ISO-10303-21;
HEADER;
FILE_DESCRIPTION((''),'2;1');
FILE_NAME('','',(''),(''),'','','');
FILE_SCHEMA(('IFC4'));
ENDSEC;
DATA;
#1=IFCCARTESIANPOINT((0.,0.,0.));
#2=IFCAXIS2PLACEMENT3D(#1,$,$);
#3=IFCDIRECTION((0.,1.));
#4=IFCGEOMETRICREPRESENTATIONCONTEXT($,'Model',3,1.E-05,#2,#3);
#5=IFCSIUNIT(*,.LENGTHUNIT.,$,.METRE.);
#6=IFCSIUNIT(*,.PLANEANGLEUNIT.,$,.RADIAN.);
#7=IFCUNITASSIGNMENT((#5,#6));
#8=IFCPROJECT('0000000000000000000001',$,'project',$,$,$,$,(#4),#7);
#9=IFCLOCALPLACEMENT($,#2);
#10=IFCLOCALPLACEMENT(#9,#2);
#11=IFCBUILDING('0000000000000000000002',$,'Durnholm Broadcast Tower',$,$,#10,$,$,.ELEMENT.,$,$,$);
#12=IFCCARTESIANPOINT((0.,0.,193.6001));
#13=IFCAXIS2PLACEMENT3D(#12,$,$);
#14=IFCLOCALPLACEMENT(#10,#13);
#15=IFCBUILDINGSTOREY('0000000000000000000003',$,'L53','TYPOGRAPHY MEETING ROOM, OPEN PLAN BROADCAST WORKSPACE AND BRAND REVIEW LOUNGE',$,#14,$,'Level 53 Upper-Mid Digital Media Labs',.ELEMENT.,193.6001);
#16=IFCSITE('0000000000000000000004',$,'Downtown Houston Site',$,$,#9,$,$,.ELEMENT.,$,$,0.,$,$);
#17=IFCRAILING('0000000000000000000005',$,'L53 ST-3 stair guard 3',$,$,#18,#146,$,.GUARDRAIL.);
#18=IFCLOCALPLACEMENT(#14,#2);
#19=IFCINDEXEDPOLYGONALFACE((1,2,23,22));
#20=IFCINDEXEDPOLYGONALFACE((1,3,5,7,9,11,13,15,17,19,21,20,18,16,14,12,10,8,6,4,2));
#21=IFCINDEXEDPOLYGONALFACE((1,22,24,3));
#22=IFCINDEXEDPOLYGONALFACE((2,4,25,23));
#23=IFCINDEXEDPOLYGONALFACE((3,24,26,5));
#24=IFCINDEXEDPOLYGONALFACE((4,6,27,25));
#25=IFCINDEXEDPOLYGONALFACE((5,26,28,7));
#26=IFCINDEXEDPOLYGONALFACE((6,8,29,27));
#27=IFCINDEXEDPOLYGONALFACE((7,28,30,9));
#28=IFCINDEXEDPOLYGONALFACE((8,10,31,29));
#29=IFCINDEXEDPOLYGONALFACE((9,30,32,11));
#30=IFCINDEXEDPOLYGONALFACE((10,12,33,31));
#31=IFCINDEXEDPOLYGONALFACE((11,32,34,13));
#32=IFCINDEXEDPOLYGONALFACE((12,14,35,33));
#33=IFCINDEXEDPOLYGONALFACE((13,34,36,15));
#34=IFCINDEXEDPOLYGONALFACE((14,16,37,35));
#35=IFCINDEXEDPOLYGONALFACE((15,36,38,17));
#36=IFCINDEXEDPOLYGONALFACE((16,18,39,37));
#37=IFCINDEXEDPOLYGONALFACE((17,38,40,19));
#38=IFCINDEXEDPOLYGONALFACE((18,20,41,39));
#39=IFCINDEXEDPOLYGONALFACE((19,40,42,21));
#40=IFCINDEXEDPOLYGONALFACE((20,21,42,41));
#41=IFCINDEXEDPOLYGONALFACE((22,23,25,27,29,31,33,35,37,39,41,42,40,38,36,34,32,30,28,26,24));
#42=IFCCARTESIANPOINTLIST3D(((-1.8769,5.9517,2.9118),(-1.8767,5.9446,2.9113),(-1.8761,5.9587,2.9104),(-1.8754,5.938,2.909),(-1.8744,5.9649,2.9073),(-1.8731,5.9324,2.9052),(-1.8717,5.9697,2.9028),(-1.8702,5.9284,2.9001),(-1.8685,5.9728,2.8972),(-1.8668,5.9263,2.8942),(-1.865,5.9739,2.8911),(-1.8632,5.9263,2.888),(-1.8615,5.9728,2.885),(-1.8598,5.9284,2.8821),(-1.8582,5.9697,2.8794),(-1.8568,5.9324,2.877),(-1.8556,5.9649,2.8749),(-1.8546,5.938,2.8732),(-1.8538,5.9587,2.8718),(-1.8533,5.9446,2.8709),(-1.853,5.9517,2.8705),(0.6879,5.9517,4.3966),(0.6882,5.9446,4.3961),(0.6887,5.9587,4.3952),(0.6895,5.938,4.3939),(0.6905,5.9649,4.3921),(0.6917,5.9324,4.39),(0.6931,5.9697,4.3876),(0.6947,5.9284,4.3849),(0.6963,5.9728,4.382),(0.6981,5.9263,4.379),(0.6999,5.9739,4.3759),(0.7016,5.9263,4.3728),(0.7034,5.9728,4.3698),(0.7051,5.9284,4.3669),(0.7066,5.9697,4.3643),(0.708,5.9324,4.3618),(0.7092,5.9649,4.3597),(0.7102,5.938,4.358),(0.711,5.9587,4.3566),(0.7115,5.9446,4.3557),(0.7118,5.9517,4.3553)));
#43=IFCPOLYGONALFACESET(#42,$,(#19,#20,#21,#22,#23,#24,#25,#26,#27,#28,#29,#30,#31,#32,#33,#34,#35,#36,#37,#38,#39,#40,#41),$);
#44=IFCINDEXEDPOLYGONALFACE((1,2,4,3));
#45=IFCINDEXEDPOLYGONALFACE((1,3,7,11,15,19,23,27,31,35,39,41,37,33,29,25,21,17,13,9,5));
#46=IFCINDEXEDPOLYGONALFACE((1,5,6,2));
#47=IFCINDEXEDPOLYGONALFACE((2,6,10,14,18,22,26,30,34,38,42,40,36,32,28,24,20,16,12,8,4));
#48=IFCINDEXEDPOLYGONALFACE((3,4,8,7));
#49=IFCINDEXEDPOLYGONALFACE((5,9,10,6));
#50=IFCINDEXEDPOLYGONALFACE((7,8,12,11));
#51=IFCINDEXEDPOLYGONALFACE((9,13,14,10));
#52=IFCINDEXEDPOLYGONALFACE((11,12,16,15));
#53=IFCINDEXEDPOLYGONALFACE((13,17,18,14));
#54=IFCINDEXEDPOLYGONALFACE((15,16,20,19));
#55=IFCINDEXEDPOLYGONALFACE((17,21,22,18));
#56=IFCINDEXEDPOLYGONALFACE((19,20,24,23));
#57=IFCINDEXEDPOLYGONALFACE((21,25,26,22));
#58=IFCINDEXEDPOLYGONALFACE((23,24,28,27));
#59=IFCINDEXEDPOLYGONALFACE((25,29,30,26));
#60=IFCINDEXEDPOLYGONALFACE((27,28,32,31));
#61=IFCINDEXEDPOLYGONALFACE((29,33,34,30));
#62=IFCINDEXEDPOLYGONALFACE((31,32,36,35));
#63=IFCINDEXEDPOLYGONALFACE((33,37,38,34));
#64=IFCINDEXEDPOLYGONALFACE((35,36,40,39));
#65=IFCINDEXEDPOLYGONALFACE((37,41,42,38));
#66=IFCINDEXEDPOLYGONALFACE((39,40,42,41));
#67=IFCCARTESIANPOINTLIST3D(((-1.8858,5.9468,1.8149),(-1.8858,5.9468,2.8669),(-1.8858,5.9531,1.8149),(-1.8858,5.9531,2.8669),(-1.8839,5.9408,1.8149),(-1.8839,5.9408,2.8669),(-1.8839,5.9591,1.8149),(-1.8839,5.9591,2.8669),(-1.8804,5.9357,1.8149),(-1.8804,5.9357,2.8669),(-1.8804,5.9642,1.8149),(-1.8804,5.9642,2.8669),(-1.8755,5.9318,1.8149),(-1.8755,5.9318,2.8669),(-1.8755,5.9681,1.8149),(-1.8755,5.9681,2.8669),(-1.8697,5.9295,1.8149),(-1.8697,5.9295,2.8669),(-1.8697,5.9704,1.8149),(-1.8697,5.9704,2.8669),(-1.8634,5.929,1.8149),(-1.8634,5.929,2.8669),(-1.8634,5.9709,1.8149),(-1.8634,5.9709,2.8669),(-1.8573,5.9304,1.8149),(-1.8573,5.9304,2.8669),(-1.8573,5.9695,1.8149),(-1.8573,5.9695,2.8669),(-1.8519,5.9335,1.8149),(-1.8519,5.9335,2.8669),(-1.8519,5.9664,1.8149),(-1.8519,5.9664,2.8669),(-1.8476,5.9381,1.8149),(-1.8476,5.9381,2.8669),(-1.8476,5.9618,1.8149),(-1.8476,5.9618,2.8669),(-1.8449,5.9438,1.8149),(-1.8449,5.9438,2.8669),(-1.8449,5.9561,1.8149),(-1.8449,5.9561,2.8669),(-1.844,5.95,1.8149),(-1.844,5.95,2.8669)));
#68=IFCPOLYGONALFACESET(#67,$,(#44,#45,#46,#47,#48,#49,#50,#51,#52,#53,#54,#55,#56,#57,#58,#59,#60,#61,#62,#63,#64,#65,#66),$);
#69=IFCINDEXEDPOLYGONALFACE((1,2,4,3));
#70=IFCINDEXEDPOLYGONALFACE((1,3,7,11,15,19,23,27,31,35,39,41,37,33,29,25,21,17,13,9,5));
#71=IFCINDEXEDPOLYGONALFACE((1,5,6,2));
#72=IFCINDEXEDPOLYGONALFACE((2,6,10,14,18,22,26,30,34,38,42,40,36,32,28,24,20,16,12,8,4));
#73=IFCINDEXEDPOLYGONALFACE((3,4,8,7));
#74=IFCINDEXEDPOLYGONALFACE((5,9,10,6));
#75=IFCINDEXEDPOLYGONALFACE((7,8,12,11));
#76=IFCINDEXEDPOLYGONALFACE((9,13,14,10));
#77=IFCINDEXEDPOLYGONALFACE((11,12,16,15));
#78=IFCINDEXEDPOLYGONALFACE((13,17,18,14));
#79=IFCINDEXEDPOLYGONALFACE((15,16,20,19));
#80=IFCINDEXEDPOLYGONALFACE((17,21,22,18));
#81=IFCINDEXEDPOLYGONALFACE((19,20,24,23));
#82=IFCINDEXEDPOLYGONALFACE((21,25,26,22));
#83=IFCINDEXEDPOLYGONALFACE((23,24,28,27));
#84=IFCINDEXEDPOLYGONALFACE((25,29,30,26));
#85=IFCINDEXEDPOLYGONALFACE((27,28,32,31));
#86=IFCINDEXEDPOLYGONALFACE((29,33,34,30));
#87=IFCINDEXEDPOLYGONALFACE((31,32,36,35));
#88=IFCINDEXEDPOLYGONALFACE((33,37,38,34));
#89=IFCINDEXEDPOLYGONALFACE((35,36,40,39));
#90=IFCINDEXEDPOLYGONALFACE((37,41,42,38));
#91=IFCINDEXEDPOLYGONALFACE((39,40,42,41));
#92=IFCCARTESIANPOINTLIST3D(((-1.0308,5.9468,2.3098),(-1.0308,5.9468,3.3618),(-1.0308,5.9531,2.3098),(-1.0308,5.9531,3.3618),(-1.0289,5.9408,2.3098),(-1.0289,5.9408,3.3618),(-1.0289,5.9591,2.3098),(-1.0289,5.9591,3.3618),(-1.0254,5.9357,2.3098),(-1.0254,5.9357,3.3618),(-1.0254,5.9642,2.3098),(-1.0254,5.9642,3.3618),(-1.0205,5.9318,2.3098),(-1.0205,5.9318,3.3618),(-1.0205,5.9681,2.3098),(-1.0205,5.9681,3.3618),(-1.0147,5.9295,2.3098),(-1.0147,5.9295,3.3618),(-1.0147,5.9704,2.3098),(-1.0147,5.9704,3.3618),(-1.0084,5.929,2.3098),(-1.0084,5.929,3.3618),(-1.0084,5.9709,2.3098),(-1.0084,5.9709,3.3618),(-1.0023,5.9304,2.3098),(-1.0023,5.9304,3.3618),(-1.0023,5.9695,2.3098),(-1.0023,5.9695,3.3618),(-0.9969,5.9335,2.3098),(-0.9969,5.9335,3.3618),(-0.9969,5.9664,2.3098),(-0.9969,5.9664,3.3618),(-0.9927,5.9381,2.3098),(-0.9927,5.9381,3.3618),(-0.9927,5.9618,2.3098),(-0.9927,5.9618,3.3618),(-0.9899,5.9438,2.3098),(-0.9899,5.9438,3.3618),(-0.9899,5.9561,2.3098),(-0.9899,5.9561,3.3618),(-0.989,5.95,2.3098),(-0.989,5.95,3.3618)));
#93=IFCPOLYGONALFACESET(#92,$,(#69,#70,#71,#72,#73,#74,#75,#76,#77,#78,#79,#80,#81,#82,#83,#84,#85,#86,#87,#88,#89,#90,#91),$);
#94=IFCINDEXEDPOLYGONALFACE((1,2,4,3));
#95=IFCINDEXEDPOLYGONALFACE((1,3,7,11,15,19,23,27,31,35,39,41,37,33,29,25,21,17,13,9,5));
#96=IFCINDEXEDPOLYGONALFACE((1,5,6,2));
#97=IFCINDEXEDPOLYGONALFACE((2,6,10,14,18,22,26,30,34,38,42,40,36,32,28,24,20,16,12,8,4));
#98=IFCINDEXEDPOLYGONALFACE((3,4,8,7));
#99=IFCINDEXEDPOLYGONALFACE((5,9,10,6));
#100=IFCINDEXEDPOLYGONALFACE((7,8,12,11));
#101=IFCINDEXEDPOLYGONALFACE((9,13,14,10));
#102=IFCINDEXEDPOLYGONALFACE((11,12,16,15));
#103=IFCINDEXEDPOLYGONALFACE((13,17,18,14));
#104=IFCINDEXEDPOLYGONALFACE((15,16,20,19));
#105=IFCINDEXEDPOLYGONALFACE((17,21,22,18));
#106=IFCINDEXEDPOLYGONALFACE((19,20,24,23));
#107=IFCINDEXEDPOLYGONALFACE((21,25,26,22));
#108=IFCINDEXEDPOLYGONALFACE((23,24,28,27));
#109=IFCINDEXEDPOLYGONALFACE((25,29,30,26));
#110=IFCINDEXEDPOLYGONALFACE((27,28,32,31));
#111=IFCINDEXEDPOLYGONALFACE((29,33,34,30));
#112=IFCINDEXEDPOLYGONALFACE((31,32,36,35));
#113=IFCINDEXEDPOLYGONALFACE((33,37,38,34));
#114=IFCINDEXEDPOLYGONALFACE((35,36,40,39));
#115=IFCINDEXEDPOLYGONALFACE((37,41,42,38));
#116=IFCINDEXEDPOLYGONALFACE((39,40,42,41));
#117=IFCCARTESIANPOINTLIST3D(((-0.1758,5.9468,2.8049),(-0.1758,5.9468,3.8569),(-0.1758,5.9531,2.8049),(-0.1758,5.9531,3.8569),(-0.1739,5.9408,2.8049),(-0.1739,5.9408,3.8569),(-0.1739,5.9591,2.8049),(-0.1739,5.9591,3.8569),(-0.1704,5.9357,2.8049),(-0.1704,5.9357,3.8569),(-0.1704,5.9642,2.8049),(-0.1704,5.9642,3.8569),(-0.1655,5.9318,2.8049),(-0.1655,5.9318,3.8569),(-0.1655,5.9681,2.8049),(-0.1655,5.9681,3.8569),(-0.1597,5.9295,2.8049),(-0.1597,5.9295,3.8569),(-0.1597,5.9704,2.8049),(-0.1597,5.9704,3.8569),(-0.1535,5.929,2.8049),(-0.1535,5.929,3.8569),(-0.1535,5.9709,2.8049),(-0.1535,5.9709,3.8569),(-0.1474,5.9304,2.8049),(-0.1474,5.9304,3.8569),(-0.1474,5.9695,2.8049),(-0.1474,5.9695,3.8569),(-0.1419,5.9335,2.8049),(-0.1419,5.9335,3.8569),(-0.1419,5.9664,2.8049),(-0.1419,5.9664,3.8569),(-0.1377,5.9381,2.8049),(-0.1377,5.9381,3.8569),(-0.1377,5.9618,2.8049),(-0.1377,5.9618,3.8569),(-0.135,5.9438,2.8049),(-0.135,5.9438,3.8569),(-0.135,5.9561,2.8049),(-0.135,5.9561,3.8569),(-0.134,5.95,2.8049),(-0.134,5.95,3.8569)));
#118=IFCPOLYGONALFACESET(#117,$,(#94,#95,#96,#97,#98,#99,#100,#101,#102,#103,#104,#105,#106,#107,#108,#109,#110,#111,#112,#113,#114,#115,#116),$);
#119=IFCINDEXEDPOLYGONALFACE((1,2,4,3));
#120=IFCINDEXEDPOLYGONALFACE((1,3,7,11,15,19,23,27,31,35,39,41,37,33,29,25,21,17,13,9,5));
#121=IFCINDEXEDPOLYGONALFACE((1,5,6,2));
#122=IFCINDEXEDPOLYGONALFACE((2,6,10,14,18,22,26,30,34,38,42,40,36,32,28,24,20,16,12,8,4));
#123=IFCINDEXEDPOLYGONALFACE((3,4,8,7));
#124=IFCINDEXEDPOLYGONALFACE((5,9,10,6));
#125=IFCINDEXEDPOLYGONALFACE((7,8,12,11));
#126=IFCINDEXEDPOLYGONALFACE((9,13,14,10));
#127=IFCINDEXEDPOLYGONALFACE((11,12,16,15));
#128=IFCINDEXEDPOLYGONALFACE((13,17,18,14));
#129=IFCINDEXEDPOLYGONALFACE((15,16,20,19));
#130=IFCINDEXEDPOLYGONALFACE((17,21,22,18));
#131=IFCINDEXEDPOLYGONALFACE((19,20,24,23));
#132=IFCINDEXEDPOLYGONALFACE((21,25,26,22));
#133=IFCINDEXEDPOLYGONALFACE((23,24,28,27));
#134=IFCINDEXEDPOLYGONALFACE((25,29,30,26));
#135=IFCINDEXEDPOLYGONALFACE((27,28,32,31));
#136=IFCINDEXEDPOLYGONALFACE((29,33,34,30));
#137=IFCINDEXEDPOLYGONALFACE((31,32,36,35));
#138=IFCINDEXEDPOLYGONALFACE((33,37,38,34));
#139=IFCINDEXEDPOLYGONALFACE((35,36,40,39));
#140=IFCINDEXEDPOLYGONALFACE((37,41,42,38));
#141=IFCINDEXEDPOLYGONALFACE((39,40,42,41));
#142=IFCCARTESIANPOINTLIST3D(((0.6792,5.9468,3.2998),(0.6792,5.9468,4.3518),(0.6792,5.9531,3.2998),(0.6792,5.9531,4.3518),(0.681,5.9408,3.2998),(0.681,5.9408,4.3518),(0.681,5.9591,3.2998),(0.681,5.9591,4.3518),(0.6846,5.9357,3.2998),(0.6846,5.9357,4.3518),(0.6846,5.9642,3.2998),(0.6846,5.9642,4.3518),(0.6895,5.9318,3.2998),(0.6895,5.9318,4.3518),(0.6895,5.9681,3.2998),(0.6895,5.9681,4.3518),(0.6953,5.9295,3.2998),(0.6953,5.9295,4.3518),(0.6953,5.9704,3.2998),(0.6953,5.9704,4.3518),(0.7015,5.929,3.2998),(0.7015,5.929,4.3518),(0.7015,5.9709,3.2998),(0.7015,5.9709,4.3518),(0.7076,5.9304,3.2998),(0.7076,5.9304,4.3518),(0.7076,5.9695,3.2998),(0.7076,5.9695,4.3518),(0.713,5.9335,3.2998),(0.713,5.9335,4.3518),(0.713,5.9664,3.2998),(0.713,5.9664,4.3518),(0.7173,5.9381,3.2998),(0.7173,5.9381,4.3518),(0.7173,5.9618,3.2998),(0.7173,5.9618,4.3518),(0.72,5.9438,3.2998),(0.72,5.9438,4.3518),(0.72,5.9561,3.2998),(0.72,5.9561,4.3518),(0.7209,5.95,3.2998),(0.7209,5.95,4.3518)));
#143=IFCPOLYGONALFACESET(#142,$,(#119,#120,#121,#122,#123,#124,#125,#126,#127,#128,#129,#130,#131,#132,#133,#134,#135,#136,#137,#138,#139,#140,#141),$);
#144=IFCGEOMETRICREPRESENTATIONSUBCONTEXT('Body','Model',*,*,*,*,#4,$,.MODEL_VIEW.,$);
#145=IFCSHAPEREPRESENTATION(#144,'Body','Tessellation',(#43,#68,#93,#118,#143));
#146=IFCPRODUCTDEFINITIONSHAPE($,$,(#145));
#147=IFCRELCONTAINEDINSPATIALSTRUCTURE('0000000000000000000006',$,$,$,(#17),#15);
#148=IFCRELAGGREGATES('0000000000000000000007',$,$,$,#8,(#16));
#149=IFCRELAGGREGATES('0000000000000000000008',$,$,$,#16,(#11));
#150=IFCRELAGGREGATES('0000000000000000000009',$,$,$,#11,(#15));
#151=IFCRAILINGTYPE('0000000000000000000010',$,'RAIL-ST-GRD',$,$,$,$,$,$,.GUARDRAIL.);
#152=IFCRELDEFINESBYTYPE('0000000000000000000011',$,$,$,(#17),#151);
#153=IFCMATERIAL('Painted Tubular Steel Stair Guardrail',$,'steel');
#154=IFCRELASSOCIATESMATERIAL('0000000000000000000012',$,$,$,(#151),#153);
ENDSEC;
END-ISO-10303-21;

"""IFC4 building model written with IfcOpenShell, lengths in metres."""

from ifc_helpers import new_model, si_unit, direction, frame, origin, origin_2d, place, context, subcontext, project, spatial, circle, extrude, material, type_object, element, save


model = new_model("IFC4")

# Units and contexts
model_context = context("Model", 3, precision=1e-05, world=origin(), true_north=direction((0.0, 1.0)))
body_context = subcontext(model_context, "Body", "Model", "MODEL_VIEW")
ifc_project = project(units=[si_unit("LENGTHUNIT", "METRE"), si_unit("PLANEANGLEUNIT", "RADIAN")], contexts=[model_context])

# Site, building, storey
site_placement = place(None, origin())
site = spatial("IfcSite", under=ifc_project, at=site_placement, Name="Downtown Houston Site", CompositionType="ELEMENT", RefElevation=0.0)
building_placement = place(site_placement, origin())
building = spatial("IfcBuilding", under=site, at=building_placement, Name="Durnholm Broadcast Tower", CompositionType="ELEMENT")
storey_placement = place(building_placement, frame((0.0, 0.0, 193.6001)))
storey = spatial("IfcBuildingStorey", under=building, at=storey_placement, Name="L53", Description="TYPOGRAPHY MEETING ROOM, OPEN PLAN BROADCAST WORKSPACE AND BRAND REVIEW LOUNGE", LongName="Level 53 Upper-Mid Digital Media Labs", CompositionType="ELEMENT", Elevation=193.6001)

# Railing
ifc_material_1 = material(Name="Painted Tubular Steel Stair Guardrail", Category="steel")
railing_type = type_object("IfcRailingType", Name="RAIL-ST-GRD", PredefinedType="GUARDRAIL", material=ifc_material_1)
railing_1_placement = place(storey_placement, frame((-1.865, 5.95, 1.8149)))
element("IfcRailing", 1, at=railing_1_placement, inside=storey, type_object=railing_type, Name="L53 ST-3 stair guard 3", PredefinedType="GUARDRAIL", context=body_context, shape_type="SweptSolid", body=[
    extrude(circle(Radius=0.0239, at=origin_2d()), frame((0.0, 0.0, 1.0762), z_axis=(0.865441, 0.0, 0.50101), x_axis=(0.0, 1.0, 0.0)), (0.0, 0.0, 1.0), 2.9636),
    extrude(circle(Radius=0.021, at=origin_2d()), origin(), (0.0, 0.0, 1.0), 1.052),
    extrude(circle(Radius=0.021, at=origin_2d()), frame((0.855, 0.0, 0.4949)), (0.0, 0.0, 1.0), 1.052),
    extrude(circle(Radius=0.021, at=origin_2d()), frame((1.71, 0.0, 0.99)), (0.0, 0.0, 1.0), 1.052),
    extrude(circle(Radius=0.021, at=origin_2d()), frame((2.5649, 0.0, 1.4849)), (0.0, 0.0, 1.0), 1.052),
])

save(model, "model.ifc")
